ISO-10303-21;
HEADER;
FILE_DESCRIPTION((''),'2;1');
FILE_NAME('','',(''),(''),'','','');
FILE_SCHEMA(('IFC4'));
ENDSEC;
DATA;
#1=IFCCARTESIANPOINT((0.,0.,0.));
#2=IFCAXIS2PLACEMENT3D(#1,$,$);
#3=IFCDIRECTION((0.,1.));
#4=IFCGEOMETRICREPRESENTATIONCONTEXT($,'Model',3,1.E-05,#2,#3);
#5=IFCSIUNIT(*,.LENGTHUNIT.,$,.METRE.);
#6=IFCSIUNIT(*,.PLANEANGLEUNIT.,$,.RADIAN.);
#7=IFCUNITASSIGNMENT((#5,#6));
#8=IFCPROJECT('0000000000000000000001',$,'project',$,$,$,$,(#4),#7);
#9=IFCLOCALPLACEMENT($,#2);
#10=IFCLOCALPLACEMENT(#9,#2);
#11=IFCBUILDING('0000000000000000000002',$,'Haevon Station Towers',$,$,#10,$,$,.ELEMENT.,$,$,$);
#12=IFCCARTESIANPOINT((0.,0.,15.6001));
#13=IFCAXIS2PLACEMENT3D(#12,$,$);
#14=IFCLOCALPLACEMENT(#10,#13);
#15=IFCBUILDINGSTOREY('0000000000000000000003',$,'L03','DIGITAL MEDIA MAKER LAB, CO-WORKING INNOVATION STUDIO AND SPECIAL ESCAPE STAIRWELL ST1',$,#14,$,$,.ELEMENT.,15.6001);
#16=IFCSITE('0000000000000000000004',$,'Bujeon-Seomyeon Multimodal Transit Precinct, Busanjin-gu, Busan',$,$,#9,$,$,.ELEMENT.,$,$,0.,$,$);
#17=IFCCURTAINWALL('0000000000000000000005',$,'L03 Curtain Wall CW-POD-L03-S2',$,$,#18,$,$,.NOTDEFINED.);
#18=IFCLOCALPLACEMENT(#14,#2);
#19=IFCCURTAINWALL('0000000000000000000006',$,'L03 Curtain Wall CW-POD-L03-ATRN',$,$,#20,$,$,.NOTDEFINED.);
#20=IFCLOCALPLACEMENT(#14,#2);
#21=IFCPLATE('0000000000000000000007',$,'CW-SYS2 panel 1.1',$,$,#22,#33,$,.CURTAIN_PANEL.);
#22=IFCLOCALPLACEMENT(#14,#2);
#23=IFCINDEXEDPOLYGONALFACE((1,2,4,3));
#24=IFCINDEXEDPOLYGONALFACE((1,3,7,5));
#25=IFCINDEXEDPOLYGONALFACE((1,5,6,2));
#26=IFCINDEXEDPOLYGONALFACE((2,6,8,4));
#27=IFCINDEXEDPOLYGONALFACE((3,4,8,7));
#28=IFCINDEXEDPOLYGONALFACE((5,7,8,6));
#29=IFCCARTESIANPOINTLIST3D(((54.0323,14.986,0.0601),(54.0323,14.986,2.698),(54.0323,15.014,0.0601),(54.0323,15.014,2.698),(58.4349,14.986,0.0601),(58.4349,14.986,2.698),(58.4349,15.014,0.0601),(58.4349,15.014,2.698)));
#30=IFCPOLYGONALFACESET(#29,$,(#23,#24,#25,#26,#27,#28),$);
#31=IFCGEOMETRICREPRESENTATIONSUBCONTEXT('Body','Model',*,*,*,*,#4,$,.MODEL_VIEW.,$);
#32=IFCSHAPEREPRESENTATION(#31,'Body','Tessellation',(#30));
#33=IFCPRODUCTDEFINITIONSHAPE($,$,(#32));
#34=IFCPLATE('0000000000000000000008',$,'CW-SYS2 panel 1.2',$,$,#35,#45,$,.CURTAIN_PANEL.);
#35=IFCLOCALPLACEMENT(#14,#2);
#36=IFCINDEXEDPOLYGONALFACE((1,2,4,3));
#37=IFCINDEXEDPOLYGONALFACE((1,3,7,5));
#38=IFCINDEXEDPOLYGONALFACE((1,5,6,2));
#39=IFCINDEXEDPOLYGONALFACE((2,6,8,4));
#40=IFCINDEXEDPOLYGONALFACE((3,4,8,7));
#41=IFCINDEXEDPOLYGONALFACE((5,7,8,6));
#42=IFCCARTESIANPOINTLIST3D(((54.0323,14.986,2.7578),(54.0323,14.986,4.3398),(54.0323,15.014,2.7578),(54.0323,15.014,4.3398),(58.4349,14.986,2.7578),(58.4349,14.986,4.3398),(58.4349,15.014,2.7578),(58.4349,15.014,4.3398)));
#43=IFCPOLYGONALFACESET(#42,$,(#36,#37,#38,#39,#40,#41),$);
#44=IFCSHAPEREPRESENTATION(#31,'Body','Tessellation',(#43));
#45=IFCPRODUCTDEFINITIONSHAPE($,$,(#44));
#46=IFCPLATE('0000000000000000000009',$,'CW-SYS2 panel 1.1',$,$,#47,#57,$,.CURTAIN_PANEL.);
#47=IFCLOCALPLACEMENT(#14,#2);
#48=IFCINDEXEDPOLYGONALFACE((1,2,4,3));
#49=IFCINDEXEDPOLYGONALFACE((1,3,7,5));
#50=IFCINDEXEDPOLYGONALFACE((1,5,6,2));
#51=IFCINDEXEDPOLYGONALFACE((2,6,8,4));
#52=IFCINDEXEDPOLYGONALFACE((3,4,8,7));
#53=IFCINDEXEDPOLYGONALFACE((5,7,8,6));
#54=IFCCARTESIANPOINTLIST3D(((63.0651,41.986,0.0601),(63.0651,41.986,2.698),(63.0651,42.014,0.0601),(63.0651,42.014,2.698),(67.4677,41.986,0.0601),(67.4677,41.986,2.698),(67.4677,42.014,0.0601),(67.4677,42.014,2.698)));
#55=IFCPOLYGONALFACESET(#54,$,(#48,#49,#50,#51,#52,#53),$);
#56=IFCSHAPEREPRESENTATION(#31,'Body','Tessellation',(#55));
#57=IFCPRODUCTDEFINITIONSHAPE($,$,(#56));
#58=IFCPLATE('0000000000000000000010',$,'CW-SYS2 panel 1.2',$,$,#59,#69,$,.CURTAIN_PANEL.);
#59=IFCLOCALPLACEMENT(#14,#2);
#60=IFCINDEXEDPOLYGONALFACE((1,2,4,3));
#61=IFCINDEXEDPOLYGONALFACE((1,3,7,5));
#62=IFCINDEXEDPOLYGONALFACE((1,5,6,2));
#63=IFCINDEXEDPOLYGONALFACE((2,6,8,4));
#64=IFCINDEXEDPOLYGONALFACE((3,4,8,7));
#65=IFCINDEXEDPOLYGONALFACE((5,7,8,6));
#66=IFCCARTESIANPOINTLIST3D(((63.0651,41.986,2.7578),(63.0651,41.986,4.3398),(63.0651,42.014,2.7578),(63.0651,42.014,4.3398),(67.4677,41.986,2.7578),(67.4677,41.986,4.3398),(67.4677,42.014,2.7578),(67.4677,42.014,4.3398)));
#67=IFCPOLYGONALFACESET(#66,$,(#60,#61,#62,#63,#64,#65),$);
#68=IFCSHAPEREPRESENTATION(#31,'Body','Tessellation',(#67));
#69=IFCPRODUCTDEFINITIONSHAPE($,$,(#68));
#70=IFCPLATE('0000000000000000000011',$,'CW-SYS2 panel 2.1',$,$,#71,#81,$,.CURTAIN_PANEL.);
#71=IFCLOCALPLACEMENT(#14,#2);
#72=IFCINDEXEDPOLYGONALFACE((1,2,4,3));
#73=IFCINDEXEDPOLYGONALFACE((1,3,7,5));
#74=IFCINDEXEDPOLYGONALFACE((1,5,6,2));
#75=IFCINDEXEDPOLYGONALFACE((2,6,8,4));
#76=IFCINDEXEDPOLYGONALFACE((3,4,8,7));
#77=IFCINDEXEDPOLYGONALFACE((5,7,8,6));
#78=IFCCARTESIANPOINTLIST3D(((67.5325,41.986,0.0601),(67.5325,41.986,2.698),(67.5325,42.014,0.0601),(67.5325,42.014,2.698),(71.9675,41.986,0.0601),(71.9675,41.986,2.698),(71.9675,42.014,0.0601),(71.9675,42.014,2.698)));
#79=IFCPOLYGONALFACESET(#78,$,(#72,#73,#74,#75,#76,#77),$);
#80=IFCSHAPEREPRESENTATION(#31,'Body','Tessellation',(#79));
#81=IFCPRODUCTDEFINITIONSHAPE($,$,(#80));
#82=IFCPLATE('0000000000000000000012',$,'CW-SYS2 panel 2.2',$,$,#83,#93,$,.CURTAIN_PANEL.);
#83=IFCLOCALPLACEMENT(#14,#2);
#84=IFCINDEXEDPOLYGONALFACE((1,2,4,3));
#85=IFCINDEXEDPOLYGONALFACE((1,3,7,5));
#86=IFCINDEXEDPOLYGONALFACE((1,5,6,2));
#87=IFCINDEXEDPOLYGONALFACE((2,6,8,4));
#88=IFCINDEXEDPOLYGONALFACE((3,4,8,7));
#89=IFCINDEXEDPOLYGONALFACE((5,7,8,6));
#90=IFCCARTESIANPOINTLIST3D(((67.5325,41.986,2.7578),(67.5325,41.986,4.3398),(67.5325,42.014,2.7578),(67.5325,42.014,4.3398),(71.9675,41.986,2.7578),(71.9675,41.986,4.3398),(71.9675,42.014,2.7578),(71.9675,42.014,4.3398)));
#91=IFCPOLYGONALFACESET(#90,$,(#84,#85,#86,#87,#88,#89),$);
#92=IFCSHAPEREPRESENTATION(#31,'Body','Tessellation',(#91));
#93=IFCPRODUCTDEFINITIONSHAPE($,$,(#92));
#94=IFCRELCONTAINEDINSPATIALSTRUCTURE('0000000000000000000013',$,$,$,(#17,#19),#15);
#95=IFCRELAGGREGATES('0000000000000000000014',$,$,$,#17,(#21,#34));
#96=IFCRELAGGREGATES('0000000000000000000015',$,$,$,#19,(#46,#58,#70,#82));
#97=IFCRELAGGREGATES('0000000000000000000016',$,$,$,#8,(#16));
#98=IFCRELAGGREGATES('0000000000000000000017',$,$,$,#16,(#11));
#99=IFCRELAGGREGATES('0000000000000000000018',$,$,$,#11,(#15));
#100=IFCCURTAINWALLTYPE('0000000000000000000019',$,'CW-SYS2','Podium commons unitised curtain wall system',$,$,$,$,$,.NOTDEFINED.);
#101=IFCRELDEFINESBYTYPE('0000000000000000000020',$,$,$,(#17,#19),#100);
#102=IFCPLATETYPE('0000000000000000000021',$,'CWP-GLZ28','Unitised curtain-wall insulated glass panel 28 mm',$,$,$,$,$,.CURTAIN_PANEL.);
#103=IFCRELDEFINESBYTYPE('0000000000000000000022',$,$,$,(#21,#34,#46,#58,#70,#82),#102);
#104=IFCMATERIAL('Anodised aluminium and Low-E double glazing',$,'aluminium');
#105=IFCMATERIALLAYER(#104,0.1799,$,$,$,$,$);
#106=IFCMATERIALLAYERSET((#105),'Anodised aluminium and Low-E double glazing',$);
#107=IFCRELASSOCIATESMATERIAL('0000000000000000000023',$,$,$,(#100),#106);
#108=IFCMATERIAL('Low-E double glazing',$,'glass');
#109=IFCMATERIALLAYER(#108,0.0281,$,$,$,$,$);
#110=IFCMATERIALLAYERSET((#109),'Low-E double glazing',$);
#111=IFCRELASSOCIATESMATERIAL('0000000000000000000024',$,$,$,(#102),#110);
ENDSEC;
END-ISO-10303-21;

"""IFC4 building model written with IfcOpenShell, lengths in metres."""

from ifc_helpers import new_model, si_unit, direction, frame, origin, origin_2d, place, context, subcontext, project, spatial, rectangle, extrude, material, layer, layer_set, type_object, element, aggregate, save


model = new_model("IFC4")

# Units and contexts
model_context = context("Model", 3, precision=1e-05, world=origin(), true_north=direction((0.0, 1.0)))
body_context = subcontext(model_context, "Body", "Model", "MODEL_VIEW")
ifc_project = project(units=[si_unit("LENGTHUNIT", "METRE"), si_unit("PLANEANGLEUNIT", "RADIAN")], contexts=[model_context])

# Site, building, storey
site_placement = place(None, origin())
site = spatial("IfcSite", under=ifc_project, at=site_placement, Name="Bujeon-Seomyeon Multimodal Transit Precinct, Busanjin-gu, Busan", CompositionType="ELEMENT", RefElevation=0.0)
building_placement = place(site_placement, origin())
building = spatial("IfcBuilding", under=site, at=building_placement, Name="Haevon Station Towers", CompositionType="ELEMENT")
storey_placement = place(building_placement, frame((0.0, 0.0, 15.6001)))
storey = spatial("IfcBuildingStorey", under=building, at=storey_placement, Name="L03", Description="DIGITAL MEDIA MAKER LAB, CO-WORKING INNOVATION STUDIO AND SPECIAL ESCAPE STAIRWELL ST1", CompositionType="ELEMENT", Elevation=15.6001)

# Curtain walls
ifc_material_1 = material(Name="Anodised aluminium and Low-E double glazing", Category="aluminium")
ifc_layer_1 = layer(ifc_material_1, 0.1799)
ifc_layer_set_1 = layer_set([ifc_layer_1], Name="Anodised aluminium and Low-E double glazing")
curtain_wall_type = type_object("IfcCurtainWallType", Name="CW-SYS2", Description="Podium commons unitised curtain wall system", PredefinedType="NOTDEFINED", material=ifc_layer_set_1)
curtain_wall_1_placement = place(storey_placement, origin())
curtain_wall_1 = element("IfcCurtainWall", 1, at=curtain_wall_1_placement, inside=storey, type_object=curtain_wall_type, Name="L03 Curtain Wall CW-POD-L03-S2", PredefinedType="NOTDEFINED")
curtain_wall_2_placement = place(storey_placement, origin())
curtain_wall_2 = element("IfcCurtainWall", 2, at=curtain_wall_2_placement, inside=storey, type_object=curtain_wall_type, Name="L03 Curtain Wall CW-POD-L03-ATRN", PredefinedType="NOTDEFINED")

# Plates
ifc_material_2 = material(Name="Low-E double glazing", Category="glass")
ifc_layer_2 = layer(ifc_material_2, 0.0281)
ifc_layer_set_2 = layer_set([ifc_layer_2], Name="Low-E double glazing")
plate_type = type_object("IfcPlateType", Name="CWP-GLZ28", Description="Unitised curtain-wall insulated glass panel 28 mm", PredefinedType="CURTAIN_PANEL", material=ifc_layer_set_2)
plate_1_placement = place(storey_placement, frame((56.2336, 15.0, 0.0601), z_axis=(0.0, 0.0, 1.0), x_axis=(-1.0, 0.0, 0.0)))
plate_1 = element("IfcPlate", 3, at=plate_1_placement, type_object=plate_type, Name="CW-SYS2 panel 1.1", PredefinedType="CURTAIN_PANEL", context=body_context, shape_type="SweptSolid", body=[
    extrude(rectangle(XDim=4.4026, YDim=0.0281, at=origin_2d()), origin(), (0.0, 0.0, 1.0), 2.6379),
])
plate_2_placement = place(storey_placement, frame((56.2336, 15.0, 2.7578), z_axis=(0.0, 0.0, 1.0), x_axis=(-1.0, 0.0, 0.0)))
plate_2 = element("IfcPlate", 4, at=plate_2_placement, type_object=plate_type, Name="CW-SYS2 panel 1.2", PredefinedType="CURTAIN_PANEL", context=body_context, shape_type="SweptSolid", body=[
    extrude(rectangle(XDim=4.4026, YDim=0.0281, at=origin_2d()), origin(), (0.0, 0.0, 1.0), 1.582),
])
aggregate(curtain_wall_1, [plate_1, plate_2])
plate_3_placement = place(storey_placement, frame((65.2664, 42.0, 0.0601), z_axis=(0.0, 0.0, 1.0), x_axis=(1.0, 0.0, 0.0)))
plate_3 = element("IfcPlate", 5, at=plate_3_placement, type_object=plate_type, Name="CW-SYS2 panel 1.1", PredefinedType="CURTAIN_PANEL", context=body_context, shape_type="SweptSolid", body=[
    extrude(rectangle(XDim=4.4026, YDim=0.0281, at=origin_2d()), origin(), (0.0, 0.0, 1.0), 2.6379),
])
plate_4_placement = place(storey_placement, frame((65.2664, 42.0, 2.7578), z_axis=(0.0, 0.0, 1.0), x_axis=(1.0, 0.0, 0.0)))
plate_4 = element("IfcPlate", 6, at=plate_4_placement, type_object=plate_type, Name="CW-SYS2 panel 1.2", PredefinedType="CURTAIN_PANEL", context=body_context, shape_type="SweptSolid", body=[
    extrude(rectangle(XDim=4.4026, YDim=0.0281, at=origin_2d()), origin(), (0.0, 0.0, 1.0), 1.582),
])
plate_5_placement = place(storey_placement, frame((69.75, 42.0, 0.0601), z_axis=(0.0, 0.0, 1.0), x_axis=(1.0, 0.0, 0.0)))
plate_5 = element("IfcPlate", 7, at=plate_5_placement, type_object=plate_type, Name="CW-SYS2 panel 2.1", PredefinedType="CURTAIN_PANEL", context=body_context, shape_type="SweptSolid", body=[
    extrude(rectangle(XDim=4.4351, YDim=0.0281, at=origin_2d()), origin(), (0.0, 0.0, 1.0), 2.6379),
])
plate_6_placement = place(storey_placement, frame((69.75, 42.0, 2.7578), z_axis=(0.0, 0.0, 1.0), x_axis=(1.0, 0.0, 0.0)))
plate_6 = element("IfcPlate", 8, at=plate_6_placement, type_object=plate_type, Name="CW-SYS2 panel 2.2", PredefinedType="CURTAIN_PANEL", context=body_context, shape_type="SweptSolid", body=[
    extrude(rectangle(XDim=4.4351, YDim=0.0281, at=origin_2d()), origin(), (0.0, 0.0, 1.0), 1.582),
])
aggregate(curtain_wall_2, [plate_3, plate_4, plate_5, plate_6])

save(model, "model.ifc")
